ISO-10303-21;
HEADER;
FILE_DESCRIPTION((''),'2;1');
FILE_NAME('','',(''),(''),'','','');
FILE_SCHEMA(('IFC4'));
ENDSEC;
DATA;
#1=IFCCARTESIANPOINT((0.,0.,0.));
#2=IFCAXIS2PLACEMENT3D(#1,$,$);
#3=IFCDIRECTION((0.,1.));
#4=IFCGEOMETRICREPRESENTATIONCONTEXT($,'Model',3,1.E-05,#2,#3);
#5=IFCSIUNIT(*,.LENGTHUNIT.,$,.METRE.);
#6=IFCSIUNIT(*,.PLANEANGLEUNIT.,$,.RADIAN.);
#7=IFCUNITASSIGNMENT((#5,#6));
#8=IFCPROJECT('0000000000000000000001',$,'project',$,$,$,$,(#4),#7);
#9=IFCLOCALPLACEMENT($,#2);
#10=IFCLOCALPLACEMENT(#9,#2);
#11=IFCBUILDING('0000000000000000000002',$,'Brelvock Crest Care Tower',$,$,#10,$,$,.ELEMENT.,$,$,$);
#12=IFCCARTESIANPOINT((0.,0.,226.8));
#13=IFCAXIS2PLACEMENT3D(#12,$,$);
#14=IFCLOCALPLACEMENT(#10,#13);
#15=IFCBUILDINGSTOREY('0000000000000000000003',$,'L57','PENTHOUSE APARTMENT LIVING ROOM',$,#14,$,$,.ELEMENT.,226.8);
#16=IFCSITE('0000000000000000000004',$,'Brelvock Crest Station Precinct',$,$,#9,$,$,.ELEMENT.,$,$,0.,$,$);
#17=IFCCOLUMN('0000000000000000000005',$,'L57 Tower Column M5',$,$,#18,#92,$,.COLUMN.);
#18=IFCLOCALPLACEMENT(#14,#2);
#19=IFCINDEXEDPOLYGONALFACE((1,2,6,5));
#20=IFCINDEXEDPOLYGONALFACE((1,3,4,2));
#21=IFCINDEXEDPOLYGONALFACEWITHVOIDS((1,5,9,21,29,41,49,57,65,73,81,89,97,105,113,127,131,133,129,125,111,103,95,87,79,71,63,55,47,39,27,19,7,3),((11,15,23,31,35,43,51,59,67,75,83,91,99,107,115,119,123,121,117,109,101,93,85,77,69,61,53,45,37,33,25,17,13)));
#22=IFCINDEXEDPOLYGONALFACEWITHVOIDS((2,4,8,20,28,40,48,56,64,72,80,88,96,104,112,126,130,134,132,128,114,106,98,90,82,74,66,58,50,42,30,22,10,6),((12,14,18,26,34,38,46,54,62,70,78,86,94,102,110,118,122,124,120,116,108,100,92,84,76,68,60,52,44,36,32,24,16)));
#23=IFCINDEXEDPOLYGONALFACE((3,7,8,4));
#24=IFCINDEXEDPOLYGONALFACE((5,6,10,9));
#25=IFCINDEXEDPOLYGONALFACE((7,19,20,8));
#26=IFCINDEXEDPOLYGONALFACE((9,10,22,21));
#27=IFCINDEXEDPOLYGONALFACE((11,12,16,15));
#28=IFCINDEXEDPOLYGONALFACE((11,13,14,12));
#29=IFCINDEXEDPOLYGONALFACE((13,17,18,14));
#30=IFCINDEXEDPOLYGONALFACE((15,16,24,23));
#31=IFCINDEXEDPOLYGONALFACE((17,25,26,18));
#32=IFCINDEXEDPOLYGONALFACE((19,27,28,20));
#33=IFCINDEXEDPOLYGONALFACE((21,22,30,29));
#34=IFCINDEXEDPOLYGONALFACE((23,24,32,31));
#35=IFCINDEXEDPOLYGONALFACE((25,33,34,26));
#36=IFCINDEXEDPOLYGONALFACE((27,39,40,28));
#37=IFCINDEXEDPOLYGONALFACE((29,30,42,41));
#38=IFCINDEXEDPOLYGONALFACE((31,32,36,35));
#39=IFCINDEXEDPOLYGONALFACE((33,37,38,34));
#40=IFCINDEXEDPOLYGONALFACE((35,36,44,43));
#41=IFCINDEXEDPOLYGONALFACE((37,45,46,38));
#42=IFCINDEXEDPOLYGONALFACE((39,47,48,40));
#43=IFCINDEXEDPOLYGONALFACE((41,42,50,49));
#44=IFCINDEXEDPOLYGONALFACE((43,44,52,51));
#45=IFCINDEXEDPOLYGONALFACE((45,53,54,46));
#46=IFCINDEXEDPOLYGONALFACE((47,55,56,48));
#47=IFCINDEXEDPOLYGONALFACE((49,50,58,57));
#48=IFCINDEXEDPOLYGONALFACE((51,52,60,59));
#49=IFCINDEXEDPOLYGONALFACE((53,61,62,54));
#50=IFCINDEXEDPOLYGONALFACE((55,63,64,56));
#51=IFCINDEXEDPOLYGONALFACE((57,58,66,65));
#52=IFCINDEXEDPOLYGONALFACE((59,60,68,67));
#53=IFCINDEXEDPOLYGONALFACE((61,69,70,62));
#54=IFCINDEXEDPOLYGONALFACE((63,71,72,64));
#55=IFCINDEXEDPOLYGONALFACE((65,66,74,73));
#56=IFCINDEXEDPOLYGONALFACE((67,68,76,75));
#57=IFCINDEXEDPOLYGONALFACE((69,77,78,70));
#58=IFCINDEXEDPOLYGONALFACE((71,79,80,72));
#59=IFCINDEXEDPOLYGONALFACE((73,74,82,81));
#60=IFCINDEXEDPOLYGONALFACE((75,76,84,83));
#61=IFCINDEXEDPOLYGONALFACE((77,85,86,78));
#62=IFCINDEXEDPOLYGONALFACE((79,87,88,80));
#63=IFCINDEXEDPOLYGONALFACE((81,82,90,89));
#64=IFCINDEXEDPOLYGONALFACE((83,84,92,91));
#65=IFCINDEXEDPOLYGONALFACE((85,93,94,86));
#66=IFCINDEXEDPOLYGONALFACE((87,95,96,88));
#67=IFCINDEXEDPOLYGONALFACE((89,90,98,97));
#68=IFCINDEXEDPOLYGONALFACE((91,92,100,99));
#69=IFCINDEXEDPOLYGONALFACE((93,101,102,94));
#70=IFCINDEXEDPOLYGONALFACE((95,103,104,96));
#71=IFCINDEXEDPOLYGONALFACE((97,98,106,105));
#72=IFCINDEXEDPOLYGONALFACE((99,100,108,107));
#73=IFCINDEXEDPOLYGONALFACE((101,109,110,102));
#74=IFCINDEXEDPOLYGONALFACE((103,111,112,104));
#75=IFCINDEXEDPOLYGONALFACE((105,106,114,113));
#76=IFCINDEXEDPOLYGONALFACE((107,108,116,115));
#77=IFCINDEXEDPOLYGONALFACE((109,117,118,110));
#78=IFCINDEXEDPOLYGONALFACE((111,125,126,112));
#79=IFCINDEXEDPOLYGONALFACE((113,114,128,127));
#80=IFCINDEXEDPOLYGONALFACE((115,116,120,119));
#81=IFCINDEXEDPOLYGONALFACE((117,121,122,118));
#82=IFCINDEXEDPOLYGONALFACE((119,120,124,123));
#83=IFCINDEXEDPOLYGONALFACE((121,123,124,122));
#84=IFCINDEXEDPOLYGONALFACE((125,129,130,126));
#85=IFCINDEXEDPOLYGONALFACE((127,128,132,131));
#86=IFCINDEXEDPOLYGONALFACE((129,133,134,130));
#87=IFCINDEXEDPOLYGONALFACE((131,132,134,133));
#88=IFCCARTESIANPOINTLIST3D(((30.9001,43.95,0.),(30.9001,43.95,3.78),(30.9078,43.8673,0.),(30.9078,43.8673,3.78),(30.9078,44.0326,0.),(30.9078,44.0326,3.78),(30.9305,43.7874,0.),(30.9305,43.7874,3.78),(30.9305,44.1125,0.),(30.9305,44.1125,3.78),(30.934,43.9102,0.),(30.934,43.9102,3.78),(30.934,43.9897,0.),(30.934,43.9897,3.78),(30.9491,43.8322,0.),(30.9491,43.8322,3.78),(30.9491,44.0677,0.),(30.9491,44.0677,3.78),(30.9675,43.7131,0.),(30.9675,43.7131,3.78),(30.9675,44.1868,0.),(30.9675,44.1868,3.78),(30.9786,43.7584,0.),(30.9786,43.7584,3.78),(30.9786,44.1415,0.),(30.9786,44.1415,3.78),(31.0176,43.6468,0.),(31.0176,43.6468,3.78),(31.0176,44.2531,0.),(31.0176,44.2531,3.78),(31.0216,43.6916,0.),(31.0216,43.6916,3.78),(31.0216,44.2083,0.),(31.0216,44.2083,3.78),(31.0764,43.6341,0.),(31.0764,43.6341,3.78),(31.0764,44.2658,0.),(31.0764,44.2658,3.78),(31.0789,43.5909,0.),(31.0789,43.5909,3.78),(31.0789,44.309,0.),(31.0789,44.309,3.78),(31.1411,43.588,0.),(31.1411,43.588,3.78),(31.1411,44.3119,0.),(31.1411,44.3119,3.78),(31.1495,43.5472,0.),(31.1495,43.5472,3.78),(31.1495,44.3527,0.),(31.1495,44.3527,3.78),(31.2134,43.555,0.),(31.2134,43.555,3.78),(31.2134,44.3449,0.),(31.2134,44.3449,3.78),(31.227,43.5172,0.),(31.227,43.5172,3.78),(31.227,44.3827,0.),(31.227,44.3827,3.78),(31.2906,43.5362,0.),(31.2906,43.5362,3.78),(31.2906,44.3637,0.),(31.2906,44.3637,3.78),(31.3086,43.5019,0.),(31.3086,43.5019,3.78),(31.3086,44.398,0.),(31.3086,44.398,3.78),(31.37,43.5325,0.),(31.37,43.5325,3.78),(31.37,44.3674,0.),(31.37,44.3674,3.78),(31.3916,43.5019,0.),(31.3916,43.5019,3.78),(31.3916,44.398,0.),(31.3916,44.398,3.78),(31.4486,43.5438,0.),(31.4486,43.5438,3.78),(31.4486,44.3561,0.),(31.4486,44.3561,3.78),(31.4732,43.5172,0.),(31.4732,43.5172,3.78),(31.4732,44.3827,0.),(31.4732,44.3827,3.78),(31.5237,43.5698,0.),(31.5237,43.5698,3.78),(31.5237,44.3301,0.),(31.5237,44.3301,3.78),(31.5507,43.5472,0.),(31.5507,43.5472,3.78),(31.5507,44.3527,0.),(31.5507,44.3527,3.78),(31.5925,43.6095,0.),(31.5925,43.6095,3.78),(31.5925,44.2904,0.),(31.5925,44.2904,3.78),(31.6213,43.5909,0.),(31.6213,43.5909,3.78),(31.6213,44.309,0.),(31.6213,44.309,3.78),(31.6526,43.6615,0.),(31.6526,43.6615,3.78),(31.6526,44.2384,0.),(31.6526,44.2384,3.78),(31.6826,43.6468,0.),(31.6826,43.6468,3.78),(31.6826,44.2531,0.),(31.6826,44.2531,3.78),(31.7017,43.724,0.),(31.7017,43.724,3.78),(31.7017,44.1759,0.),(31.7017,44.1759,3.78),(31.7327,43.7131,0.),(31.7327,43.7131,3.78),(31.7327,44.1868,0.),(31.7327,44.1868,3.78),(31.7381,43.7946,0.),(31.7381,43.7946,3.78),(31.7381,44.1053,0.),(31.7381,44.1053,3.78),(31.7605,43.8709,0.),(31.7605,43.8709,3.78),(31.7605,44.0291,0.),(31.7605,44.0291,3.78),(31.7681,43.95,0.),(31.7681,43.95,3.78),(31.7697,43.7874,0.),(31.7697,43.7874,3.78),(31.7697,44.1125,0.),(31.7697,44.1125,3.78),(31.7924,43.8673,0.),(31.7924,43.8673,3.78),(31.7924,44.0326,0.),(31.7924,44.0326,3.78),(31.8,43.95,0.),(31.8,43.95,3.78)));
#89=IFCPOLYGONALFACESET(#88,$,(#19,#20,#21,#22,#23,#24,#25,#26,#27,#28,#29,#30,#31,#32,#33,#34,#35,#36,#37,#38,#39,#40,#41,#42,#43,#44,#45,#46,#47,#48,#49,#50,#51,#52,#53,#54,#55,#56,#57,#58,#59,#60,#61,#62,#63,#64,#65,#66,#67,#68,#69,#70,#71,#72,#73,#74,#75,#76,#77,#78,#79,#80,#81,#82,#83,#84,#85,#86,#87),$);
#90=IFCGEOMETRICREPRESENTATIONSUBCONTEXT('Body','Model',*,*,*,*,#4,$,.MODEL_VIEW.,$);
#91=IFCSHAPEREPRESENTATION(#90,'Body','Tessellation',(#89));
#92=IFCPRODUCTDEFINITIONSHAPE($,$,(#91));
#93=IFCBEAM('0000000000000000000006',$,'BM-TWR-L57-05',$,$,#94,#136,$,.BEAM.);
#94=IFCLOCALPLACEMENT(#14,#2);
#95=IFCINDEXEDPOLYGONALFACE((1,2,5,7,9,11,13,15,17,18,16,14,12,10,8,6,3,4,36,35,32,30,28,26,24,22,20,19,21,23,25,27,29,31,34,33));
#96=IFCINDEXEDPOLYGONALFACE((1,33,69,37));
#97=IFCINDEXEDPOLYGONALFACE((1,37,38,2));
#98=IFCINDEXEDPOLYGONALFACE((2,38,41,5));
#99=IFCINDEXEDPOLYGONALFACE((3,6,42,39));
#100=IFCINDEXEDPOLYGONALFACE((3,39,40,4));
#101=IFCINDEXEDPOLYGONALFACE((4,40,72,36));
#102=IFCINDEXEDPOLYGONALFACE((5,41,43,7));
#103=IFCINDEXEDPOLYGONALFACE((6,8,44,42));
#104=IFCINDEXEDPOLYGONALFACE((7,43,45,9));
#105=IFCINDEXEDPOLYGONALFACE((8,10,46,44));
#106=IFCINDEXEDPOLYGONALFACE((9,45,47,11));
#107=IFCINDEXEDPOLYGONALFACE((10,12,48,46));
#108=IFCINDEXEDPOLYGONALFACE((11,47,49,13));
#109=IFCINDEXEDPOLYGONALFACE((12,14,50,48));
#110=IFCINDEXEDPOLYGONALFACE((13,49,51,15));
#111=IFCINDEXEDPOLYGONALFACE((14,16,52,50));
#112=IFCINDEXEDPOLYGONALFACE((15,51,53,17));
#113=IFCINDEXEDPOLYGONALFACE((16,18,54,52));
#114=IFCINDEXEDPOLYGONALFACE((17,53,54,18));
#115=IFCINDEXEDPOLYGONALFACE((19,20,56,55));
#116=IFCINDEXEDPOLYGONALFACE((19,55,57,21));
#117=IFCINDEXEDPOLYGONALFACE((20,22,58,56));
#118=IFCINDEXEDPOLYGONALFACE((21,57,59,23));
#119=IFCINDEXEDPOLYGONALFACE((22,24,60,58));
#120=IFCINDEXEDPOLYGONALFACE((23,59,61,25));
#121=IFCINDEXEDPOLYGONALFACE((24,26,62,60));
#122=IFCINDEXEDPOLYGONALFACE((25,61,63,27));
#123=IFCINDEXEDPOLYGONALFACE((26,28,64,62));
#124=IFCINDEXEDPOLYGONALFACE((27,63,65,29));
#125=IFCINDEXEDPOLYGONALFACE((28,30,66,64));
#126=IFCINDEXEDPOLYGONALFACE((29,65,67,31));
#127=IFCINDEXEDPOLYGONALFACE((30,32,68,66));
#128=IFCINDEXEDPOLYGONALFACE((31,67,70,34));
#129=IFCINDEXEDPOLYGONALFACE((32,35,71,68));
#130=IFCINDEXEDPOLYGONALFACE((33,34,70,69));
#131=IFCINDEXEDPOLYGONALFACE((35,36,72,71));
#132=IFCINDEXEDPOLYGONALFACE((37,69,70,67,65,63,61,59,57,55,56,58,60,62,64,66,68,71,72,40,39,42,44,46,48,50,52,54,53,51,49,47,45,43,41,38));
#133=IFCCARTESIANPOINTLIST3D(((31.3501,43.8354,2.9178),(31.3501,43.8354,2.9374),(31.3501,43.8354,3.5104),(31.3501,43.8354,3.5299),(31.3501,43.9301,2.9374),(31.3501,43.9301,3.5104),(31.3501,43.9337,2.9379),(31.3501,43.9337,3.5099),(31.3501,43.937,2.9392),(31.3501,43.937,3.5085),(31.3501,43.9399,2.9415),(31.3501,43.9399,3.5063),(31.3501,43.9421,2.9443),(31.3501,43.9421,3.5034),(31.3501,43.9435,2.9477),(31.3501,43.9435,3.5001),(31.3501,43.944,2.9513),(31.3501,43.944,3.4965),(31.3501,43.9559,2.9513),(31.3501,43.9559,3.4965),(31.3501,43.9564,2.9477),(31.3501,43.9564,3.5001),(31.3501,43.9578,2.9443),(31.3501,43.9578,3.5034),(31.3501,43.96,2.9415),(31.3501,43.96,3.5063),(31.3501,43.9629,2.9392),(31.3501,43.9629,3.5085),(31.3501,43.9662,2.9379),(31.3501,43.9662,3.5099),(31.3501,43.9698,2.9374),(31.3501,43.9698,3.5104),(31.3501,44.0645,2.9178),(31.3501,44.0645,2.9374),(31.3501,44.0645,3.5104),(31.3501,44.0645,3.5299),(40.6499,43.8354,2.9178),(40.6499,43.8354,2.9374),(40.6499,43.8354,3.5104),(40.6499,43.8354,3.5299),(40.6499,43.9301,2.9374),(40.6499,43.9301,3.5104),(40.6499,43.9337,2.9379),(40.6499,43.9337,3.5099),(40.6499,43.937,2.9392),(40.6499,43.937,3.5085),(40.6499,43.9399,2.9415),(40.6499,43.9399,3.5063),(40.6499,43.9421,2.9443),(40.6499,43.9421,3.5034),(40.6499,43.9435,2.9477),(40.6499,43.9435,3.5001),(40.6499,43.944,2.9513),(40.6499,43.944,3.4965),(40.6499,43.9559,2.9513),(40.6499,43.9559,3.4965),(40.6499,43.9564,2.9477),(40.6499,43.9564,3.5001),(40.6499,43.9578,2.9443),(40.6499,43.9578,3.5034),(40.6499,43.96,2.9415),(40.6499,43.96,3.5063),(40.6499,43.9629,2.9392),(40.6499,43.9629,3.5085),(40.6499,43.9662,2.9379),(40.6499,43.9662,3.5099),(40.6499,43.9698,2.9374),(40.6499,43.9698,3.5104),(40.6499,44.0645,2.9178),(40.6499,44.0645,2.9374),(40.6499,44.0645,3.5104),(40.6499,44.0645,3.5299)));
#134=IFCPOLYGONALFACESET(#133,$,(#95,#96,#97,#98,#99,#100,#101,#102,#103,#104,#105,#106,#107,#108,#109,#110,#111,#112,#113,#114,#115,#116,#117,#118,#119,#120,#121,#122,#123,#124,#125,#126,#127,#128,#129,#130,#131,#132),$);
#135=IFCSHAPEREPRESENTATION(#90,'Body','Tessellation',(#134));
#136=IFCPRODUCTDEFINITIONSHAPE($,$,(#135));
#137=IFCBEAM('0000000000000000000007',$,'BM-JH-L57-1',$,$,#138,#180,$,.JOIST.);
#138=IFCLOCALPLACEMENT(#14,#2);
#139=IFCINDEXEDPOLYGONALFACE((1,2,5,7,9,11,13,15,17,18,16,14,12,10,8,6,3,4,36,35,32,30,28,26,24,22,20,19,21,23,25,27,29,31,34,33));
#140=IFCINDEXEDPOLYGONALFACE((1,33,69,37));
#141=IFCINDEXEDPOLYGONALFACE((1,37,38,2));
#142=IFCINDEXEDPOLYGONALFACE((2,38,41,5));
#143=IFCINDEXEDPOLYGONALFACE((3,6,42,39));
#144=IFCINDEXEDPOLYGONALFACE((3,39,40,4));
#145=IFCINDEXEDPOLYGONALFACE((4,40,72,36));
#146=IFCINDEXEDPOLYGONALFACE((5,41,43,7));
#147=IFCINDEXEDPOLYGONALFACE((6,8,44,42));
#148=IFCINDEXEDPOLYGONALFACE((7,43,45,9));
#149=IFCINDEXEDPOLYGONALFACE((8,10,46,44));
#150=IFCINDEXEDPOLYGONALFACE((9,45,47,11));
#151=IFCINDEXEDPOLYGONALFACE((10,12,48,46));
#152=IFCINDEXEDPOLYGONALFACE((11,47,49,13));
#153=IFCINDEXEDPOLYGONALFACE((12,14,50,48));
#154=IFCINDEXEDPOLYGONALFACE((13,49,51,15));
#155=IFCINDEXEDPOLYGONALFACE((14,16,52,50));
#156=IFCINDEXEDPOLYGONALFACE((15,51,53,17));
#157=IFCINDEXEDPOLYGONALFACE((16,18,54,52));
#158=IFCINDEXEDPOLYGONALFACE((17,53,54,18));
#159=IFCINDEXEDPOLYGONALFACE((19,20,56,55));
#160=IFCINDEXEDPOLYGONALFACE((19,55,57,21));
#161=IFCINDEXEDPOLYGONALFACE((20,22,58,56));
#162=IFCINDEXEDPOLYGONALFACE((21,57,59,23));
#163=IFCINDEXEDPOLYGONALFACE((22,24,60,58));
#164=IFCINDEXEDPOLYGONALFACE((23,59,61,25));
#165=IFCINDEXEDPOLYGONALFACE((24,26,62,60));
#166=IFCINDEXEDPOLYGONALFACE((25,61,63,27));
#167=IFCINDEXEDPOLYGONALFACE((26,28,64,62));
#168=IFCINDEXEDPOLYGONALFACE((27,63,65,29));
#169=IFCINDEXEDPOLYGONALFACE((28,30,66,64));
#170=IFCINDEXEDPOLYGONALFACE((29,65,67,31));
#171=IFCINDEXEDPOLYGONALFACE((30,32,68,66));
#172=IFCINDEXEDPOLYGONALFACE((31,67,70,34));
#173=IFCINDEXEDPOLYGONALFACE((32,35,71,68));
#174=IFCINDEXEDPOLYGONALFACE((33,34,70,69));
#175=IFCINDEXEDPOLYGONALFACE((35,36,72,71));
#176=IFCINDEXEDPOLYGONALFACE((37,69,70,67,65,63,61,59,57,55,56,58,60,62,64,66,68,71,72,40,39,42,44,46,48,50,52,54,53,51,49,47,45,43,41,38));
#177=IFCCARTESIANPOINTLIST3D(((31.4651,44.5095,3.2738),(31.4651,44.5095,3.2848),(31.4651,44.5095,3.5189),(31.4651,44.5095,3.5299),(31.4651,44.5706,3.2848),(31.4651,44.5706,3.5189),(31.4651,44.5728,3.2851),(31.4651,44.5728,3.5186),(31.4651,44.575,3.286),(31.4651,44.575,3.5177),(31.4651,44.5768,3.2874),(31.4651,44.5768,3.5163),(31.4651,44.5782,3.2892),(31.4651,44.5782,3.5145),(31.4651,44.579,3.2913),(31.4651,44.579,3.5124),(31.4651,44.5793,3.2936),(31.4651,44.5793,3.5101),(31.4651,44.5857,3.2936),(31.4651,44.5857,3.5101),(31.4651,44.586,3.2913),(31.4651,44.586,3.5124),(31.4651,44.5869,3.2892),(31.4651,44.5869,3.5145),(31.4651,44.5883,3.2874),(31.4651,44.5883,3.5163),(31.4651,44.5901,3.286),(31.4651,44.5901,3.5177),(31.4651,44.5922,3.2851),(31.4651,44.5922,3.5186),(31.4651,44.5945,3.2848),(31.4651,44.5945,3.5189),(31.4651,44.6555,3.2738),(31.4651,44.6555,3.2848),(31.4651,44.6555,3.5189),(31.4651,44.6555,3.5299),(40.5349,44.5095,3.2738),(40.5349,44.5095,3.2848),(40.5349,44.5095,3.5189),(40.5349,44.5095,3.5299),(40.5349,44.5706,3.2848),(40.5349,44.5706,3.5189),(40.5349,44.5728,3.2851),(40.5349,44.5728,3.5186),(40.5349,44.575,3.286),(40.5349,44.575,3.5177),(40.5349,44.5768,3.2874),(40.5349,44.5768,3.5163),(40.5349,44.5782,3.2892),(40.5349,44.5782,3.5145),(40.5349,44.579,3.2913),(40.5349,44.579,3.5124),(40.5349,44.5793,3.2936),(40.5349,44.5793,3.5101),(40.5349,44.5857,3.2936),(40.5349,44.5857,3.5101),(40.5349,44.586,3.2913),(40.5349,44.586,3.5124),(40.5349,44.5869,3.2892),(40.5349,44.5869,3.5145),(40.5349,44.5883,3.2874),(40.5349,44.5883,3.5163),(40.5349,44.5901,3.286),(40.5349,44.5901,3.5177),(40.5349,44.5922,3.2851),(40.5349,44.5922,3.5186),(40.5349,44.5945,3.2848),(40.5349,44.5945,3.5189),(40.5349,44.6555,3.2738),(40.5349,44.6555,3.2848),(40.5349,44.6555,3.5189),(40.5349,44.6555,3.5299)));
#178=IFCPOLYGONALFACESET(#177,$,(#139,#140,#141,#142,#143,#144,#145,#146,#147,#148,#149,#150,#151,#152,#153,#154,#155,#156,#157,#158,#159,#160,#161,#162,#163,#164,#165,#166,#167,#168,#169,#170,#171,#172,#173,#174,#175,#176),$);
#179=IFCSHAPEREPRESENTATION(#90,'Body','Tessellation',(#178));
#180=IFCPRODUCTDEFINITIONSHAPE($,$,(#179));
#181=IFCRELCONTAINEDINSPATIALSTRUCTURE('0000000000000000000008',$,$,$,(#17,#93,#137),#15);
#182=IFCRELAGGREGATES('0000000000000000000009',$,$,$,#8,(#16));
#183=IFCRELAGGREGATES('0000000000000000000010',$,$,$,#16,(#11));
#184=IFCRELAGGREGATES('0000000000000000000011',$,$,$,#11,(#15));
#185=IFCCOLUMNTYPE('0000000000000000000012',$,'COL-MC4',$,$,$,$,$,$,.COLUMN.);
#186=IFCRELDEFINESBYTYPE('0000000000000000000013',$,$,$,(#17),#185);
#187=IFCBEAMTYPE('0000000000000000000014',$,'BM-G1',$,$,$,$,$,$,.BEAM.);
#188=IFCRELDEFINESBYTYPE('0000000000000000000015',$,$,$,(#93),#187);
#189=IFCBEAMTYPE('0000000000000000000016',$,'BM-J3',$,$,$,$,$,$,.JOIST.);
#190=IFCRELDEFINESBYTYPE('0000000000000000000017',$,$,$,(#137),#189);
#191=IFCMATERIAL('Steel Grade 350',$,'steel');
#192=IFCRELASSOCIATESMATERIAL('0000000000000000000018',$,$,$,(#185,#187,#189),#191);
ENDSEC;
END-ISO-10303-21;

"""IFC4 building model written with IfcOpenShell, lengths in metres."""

from ifc_helpers import new_model, si_unit, direction, frame, origin, origin_2d, place, context, subcontext, project, spatial, hollow_circle, i_section, extrude, source, transform, mapped, material, material_profile, profile_set, type_object, element, save


model = new_model("IFC4")

# Units and contexts
model_context = context("Model", 3, precision=1e-05, world=origin(), true_north=direction((0.0, 1.0)))
body_context = subcontext(model_context, "Body", "Model", "MODEL_VIEW")
ifc_project = project(units=[si_unit("LENGTHUNIT", "METRE"), si_unit("PLANEANGLEUNIT", "RADIAN")], contexts=[model_context])

# Site, building, storey
site_placement = place(None, origin())
site = spatial("IfcSite", under=ifc_project, at=site_placement, Name="Brelvock Crest Station Precinct", CompositionType="ELEMENT", RefElevation=0.0)
building_placement = place(site_placement, origin())
building = spatial("IfcBuilding", under=site, at=building_placement, Name="Brelvock Crest Care Tower", CompositionType="ELEMENT")
storey_placement = place(building_placement, frame((0.0, 0.0, 226.8)))
storey = spatial("IfcBuildingStorey", under=building, at=storey_placement, Name="L57", Description="PENTHOUSE APARTMENT LIVING ROOM", CompositionType="ELEMENT", Elevation=226.8)

# Column
ifc_material_1 = material(Name="Steel Grade 350", Category="steel")
ifc_material_profile_1 = material_profile(ifc_material_1, hollow_circle(Radius=0.45, WallThickness=0.032, at=origin_2d()), Name="CFT900x32")
ifc_profile_set_1 = profile_set([ifc_material_profile_1], Name="Steel Grade 350")
column_type = type_object("IfcColumnType", Name="COL-MC4", PredefinedType="COLUMN", material=ifc_profile_set_1)
shared_shape_1 = source(origin(), body_context, "Body", "SweptSolid", [
    extrude(hollow_circle(Radius=0.45, WallThickness=0.032, at=origin_2d()), origin(), (0.0, 0.0, 1.0), 3.78),
])
column_placement = place(storey_placement, frame((31.3501, 43.95, 0.0), z_axis=(0.0, 0.0, 1.0), x_axis=(1.0, 0.0, 0.0)))
element("IfcColumn", 1, at=column_placement, inside=storey, type_object=column_type, Name="L57 Tower Column M5", PredefinedType="COLUMN", context=body_context, shape_type="MappedRepresentation", body=[
    mapped(shared_shape_1, transform((0.0, 0.0, 0.0), x_axis=(1.0, 0.0, 0.0), y_axis=(0.0, 1.0, 0.0), z_axis=(0.0, 0.0, 1.0), scale=1.0)),
])

# Beams
ifc_material_profile_2 = material_profile(ifc_material_1, i_section(OverallWidth=0.229, OverallDepth=0.6121, WebThickness=0.012, FlangeThickness=0.0195, FilletRadius=0.0139, at=origin_2d()), Name="610UB125")
ifc_profile_set_2 = profile_set([ifc_material_profile_2], Name="Steel Grade 350")
beam_type_1 = type_object("IfcBeamType", Name="BM-G1", PredefinedType="BEAM", material=ifc_profile_set_2)
shared_shape_2 = source(origin(), body_context, "Body", "SweptSolid", [
    extrude(i_section(OverallWidth=0.229, OverallDepth=0.6121, WebThickness=0.012, FlangeThickness=0.0195, FilletRadius=0.0139, at=origin_2d()), origin(), (0.0, 0.0, 1.0), 9.2998),
])
beam_1_placement = place(storey_placement, frame((31.3501, 43.95, 3.2239), z_axis=(1.0, 0.0, 0.0), x_axis=(0.0, 1.0, 0.0)))
element("IfcBeam", 2, at=beam_1_placement, inside=storey, type_object=beam_type_1, Name="BM-TWR-L57-05", PredefinedType="BEAM", context=body_context, shape_type="MappedRepresentation", body=[
    mapped(shared_shape_2, transform((0.0, 0.0, 0.0), x_axis=(1.0, 0.0, 0.0), y_axis=(0.0, 1.0, 0.0), z_axis=(0.0, 0.0, 1.0), scale=1.0)),
])
ifc_material_profile_3 = material_profile(ifc_material_1, i_section(OverallWidth=0.146, OverallDepth=0.2561, WebThickness=0.0063, FlangeThickness=0.011, FilletRadius=0.0088, at=origin_2d()), Name="250UB37.3")
ifc_profile_set_3 = profile_set([ifc_material_profile_3], Name="Steel Grade 350")
beam_type_2 = type_object("IfcBeamType", Name="BM-J3", PredefinedType="JOIST", material=ifc_profile_set_3)
shared_shape_3 = source(origin(), body_context, "Body", "SweptSolid", [
    extrude(i_section(OverallWidth=0.146, OverallDepth=0.2561, WebThickness=0.0063, FlangeThickness=0.011, FilletRadius=0.0088, at=origin_2d()), origin(), (0.0, 0.0, 1.0), 9.0698),
])
beam_2_placement = place(storey_placement, frame((31.4651, 44.5825, 3.4019), z_axis=(1.0, 0.0, 0.0), x_axis=(0.0, 1.0, 0.0)))
element("IfcBeam", 3, at=beam_2_placement, inside=storey, type_object=beam_type_2, Name="BM-JH-L57-1", PredefinedType="JOIST", context=body_context, shape_type="MappedRepresentation", body=[
    mapped(shared_shape_3, transform((0.0, 0.0, 0.0), x_axis=(1.0, 0.0, 0.0), y_axis=(0.0, 1.0, 0.0), z_axis=(0.0, 0.0, 1.0), scale=1.0)),
])

save(model, "model.ifc")
